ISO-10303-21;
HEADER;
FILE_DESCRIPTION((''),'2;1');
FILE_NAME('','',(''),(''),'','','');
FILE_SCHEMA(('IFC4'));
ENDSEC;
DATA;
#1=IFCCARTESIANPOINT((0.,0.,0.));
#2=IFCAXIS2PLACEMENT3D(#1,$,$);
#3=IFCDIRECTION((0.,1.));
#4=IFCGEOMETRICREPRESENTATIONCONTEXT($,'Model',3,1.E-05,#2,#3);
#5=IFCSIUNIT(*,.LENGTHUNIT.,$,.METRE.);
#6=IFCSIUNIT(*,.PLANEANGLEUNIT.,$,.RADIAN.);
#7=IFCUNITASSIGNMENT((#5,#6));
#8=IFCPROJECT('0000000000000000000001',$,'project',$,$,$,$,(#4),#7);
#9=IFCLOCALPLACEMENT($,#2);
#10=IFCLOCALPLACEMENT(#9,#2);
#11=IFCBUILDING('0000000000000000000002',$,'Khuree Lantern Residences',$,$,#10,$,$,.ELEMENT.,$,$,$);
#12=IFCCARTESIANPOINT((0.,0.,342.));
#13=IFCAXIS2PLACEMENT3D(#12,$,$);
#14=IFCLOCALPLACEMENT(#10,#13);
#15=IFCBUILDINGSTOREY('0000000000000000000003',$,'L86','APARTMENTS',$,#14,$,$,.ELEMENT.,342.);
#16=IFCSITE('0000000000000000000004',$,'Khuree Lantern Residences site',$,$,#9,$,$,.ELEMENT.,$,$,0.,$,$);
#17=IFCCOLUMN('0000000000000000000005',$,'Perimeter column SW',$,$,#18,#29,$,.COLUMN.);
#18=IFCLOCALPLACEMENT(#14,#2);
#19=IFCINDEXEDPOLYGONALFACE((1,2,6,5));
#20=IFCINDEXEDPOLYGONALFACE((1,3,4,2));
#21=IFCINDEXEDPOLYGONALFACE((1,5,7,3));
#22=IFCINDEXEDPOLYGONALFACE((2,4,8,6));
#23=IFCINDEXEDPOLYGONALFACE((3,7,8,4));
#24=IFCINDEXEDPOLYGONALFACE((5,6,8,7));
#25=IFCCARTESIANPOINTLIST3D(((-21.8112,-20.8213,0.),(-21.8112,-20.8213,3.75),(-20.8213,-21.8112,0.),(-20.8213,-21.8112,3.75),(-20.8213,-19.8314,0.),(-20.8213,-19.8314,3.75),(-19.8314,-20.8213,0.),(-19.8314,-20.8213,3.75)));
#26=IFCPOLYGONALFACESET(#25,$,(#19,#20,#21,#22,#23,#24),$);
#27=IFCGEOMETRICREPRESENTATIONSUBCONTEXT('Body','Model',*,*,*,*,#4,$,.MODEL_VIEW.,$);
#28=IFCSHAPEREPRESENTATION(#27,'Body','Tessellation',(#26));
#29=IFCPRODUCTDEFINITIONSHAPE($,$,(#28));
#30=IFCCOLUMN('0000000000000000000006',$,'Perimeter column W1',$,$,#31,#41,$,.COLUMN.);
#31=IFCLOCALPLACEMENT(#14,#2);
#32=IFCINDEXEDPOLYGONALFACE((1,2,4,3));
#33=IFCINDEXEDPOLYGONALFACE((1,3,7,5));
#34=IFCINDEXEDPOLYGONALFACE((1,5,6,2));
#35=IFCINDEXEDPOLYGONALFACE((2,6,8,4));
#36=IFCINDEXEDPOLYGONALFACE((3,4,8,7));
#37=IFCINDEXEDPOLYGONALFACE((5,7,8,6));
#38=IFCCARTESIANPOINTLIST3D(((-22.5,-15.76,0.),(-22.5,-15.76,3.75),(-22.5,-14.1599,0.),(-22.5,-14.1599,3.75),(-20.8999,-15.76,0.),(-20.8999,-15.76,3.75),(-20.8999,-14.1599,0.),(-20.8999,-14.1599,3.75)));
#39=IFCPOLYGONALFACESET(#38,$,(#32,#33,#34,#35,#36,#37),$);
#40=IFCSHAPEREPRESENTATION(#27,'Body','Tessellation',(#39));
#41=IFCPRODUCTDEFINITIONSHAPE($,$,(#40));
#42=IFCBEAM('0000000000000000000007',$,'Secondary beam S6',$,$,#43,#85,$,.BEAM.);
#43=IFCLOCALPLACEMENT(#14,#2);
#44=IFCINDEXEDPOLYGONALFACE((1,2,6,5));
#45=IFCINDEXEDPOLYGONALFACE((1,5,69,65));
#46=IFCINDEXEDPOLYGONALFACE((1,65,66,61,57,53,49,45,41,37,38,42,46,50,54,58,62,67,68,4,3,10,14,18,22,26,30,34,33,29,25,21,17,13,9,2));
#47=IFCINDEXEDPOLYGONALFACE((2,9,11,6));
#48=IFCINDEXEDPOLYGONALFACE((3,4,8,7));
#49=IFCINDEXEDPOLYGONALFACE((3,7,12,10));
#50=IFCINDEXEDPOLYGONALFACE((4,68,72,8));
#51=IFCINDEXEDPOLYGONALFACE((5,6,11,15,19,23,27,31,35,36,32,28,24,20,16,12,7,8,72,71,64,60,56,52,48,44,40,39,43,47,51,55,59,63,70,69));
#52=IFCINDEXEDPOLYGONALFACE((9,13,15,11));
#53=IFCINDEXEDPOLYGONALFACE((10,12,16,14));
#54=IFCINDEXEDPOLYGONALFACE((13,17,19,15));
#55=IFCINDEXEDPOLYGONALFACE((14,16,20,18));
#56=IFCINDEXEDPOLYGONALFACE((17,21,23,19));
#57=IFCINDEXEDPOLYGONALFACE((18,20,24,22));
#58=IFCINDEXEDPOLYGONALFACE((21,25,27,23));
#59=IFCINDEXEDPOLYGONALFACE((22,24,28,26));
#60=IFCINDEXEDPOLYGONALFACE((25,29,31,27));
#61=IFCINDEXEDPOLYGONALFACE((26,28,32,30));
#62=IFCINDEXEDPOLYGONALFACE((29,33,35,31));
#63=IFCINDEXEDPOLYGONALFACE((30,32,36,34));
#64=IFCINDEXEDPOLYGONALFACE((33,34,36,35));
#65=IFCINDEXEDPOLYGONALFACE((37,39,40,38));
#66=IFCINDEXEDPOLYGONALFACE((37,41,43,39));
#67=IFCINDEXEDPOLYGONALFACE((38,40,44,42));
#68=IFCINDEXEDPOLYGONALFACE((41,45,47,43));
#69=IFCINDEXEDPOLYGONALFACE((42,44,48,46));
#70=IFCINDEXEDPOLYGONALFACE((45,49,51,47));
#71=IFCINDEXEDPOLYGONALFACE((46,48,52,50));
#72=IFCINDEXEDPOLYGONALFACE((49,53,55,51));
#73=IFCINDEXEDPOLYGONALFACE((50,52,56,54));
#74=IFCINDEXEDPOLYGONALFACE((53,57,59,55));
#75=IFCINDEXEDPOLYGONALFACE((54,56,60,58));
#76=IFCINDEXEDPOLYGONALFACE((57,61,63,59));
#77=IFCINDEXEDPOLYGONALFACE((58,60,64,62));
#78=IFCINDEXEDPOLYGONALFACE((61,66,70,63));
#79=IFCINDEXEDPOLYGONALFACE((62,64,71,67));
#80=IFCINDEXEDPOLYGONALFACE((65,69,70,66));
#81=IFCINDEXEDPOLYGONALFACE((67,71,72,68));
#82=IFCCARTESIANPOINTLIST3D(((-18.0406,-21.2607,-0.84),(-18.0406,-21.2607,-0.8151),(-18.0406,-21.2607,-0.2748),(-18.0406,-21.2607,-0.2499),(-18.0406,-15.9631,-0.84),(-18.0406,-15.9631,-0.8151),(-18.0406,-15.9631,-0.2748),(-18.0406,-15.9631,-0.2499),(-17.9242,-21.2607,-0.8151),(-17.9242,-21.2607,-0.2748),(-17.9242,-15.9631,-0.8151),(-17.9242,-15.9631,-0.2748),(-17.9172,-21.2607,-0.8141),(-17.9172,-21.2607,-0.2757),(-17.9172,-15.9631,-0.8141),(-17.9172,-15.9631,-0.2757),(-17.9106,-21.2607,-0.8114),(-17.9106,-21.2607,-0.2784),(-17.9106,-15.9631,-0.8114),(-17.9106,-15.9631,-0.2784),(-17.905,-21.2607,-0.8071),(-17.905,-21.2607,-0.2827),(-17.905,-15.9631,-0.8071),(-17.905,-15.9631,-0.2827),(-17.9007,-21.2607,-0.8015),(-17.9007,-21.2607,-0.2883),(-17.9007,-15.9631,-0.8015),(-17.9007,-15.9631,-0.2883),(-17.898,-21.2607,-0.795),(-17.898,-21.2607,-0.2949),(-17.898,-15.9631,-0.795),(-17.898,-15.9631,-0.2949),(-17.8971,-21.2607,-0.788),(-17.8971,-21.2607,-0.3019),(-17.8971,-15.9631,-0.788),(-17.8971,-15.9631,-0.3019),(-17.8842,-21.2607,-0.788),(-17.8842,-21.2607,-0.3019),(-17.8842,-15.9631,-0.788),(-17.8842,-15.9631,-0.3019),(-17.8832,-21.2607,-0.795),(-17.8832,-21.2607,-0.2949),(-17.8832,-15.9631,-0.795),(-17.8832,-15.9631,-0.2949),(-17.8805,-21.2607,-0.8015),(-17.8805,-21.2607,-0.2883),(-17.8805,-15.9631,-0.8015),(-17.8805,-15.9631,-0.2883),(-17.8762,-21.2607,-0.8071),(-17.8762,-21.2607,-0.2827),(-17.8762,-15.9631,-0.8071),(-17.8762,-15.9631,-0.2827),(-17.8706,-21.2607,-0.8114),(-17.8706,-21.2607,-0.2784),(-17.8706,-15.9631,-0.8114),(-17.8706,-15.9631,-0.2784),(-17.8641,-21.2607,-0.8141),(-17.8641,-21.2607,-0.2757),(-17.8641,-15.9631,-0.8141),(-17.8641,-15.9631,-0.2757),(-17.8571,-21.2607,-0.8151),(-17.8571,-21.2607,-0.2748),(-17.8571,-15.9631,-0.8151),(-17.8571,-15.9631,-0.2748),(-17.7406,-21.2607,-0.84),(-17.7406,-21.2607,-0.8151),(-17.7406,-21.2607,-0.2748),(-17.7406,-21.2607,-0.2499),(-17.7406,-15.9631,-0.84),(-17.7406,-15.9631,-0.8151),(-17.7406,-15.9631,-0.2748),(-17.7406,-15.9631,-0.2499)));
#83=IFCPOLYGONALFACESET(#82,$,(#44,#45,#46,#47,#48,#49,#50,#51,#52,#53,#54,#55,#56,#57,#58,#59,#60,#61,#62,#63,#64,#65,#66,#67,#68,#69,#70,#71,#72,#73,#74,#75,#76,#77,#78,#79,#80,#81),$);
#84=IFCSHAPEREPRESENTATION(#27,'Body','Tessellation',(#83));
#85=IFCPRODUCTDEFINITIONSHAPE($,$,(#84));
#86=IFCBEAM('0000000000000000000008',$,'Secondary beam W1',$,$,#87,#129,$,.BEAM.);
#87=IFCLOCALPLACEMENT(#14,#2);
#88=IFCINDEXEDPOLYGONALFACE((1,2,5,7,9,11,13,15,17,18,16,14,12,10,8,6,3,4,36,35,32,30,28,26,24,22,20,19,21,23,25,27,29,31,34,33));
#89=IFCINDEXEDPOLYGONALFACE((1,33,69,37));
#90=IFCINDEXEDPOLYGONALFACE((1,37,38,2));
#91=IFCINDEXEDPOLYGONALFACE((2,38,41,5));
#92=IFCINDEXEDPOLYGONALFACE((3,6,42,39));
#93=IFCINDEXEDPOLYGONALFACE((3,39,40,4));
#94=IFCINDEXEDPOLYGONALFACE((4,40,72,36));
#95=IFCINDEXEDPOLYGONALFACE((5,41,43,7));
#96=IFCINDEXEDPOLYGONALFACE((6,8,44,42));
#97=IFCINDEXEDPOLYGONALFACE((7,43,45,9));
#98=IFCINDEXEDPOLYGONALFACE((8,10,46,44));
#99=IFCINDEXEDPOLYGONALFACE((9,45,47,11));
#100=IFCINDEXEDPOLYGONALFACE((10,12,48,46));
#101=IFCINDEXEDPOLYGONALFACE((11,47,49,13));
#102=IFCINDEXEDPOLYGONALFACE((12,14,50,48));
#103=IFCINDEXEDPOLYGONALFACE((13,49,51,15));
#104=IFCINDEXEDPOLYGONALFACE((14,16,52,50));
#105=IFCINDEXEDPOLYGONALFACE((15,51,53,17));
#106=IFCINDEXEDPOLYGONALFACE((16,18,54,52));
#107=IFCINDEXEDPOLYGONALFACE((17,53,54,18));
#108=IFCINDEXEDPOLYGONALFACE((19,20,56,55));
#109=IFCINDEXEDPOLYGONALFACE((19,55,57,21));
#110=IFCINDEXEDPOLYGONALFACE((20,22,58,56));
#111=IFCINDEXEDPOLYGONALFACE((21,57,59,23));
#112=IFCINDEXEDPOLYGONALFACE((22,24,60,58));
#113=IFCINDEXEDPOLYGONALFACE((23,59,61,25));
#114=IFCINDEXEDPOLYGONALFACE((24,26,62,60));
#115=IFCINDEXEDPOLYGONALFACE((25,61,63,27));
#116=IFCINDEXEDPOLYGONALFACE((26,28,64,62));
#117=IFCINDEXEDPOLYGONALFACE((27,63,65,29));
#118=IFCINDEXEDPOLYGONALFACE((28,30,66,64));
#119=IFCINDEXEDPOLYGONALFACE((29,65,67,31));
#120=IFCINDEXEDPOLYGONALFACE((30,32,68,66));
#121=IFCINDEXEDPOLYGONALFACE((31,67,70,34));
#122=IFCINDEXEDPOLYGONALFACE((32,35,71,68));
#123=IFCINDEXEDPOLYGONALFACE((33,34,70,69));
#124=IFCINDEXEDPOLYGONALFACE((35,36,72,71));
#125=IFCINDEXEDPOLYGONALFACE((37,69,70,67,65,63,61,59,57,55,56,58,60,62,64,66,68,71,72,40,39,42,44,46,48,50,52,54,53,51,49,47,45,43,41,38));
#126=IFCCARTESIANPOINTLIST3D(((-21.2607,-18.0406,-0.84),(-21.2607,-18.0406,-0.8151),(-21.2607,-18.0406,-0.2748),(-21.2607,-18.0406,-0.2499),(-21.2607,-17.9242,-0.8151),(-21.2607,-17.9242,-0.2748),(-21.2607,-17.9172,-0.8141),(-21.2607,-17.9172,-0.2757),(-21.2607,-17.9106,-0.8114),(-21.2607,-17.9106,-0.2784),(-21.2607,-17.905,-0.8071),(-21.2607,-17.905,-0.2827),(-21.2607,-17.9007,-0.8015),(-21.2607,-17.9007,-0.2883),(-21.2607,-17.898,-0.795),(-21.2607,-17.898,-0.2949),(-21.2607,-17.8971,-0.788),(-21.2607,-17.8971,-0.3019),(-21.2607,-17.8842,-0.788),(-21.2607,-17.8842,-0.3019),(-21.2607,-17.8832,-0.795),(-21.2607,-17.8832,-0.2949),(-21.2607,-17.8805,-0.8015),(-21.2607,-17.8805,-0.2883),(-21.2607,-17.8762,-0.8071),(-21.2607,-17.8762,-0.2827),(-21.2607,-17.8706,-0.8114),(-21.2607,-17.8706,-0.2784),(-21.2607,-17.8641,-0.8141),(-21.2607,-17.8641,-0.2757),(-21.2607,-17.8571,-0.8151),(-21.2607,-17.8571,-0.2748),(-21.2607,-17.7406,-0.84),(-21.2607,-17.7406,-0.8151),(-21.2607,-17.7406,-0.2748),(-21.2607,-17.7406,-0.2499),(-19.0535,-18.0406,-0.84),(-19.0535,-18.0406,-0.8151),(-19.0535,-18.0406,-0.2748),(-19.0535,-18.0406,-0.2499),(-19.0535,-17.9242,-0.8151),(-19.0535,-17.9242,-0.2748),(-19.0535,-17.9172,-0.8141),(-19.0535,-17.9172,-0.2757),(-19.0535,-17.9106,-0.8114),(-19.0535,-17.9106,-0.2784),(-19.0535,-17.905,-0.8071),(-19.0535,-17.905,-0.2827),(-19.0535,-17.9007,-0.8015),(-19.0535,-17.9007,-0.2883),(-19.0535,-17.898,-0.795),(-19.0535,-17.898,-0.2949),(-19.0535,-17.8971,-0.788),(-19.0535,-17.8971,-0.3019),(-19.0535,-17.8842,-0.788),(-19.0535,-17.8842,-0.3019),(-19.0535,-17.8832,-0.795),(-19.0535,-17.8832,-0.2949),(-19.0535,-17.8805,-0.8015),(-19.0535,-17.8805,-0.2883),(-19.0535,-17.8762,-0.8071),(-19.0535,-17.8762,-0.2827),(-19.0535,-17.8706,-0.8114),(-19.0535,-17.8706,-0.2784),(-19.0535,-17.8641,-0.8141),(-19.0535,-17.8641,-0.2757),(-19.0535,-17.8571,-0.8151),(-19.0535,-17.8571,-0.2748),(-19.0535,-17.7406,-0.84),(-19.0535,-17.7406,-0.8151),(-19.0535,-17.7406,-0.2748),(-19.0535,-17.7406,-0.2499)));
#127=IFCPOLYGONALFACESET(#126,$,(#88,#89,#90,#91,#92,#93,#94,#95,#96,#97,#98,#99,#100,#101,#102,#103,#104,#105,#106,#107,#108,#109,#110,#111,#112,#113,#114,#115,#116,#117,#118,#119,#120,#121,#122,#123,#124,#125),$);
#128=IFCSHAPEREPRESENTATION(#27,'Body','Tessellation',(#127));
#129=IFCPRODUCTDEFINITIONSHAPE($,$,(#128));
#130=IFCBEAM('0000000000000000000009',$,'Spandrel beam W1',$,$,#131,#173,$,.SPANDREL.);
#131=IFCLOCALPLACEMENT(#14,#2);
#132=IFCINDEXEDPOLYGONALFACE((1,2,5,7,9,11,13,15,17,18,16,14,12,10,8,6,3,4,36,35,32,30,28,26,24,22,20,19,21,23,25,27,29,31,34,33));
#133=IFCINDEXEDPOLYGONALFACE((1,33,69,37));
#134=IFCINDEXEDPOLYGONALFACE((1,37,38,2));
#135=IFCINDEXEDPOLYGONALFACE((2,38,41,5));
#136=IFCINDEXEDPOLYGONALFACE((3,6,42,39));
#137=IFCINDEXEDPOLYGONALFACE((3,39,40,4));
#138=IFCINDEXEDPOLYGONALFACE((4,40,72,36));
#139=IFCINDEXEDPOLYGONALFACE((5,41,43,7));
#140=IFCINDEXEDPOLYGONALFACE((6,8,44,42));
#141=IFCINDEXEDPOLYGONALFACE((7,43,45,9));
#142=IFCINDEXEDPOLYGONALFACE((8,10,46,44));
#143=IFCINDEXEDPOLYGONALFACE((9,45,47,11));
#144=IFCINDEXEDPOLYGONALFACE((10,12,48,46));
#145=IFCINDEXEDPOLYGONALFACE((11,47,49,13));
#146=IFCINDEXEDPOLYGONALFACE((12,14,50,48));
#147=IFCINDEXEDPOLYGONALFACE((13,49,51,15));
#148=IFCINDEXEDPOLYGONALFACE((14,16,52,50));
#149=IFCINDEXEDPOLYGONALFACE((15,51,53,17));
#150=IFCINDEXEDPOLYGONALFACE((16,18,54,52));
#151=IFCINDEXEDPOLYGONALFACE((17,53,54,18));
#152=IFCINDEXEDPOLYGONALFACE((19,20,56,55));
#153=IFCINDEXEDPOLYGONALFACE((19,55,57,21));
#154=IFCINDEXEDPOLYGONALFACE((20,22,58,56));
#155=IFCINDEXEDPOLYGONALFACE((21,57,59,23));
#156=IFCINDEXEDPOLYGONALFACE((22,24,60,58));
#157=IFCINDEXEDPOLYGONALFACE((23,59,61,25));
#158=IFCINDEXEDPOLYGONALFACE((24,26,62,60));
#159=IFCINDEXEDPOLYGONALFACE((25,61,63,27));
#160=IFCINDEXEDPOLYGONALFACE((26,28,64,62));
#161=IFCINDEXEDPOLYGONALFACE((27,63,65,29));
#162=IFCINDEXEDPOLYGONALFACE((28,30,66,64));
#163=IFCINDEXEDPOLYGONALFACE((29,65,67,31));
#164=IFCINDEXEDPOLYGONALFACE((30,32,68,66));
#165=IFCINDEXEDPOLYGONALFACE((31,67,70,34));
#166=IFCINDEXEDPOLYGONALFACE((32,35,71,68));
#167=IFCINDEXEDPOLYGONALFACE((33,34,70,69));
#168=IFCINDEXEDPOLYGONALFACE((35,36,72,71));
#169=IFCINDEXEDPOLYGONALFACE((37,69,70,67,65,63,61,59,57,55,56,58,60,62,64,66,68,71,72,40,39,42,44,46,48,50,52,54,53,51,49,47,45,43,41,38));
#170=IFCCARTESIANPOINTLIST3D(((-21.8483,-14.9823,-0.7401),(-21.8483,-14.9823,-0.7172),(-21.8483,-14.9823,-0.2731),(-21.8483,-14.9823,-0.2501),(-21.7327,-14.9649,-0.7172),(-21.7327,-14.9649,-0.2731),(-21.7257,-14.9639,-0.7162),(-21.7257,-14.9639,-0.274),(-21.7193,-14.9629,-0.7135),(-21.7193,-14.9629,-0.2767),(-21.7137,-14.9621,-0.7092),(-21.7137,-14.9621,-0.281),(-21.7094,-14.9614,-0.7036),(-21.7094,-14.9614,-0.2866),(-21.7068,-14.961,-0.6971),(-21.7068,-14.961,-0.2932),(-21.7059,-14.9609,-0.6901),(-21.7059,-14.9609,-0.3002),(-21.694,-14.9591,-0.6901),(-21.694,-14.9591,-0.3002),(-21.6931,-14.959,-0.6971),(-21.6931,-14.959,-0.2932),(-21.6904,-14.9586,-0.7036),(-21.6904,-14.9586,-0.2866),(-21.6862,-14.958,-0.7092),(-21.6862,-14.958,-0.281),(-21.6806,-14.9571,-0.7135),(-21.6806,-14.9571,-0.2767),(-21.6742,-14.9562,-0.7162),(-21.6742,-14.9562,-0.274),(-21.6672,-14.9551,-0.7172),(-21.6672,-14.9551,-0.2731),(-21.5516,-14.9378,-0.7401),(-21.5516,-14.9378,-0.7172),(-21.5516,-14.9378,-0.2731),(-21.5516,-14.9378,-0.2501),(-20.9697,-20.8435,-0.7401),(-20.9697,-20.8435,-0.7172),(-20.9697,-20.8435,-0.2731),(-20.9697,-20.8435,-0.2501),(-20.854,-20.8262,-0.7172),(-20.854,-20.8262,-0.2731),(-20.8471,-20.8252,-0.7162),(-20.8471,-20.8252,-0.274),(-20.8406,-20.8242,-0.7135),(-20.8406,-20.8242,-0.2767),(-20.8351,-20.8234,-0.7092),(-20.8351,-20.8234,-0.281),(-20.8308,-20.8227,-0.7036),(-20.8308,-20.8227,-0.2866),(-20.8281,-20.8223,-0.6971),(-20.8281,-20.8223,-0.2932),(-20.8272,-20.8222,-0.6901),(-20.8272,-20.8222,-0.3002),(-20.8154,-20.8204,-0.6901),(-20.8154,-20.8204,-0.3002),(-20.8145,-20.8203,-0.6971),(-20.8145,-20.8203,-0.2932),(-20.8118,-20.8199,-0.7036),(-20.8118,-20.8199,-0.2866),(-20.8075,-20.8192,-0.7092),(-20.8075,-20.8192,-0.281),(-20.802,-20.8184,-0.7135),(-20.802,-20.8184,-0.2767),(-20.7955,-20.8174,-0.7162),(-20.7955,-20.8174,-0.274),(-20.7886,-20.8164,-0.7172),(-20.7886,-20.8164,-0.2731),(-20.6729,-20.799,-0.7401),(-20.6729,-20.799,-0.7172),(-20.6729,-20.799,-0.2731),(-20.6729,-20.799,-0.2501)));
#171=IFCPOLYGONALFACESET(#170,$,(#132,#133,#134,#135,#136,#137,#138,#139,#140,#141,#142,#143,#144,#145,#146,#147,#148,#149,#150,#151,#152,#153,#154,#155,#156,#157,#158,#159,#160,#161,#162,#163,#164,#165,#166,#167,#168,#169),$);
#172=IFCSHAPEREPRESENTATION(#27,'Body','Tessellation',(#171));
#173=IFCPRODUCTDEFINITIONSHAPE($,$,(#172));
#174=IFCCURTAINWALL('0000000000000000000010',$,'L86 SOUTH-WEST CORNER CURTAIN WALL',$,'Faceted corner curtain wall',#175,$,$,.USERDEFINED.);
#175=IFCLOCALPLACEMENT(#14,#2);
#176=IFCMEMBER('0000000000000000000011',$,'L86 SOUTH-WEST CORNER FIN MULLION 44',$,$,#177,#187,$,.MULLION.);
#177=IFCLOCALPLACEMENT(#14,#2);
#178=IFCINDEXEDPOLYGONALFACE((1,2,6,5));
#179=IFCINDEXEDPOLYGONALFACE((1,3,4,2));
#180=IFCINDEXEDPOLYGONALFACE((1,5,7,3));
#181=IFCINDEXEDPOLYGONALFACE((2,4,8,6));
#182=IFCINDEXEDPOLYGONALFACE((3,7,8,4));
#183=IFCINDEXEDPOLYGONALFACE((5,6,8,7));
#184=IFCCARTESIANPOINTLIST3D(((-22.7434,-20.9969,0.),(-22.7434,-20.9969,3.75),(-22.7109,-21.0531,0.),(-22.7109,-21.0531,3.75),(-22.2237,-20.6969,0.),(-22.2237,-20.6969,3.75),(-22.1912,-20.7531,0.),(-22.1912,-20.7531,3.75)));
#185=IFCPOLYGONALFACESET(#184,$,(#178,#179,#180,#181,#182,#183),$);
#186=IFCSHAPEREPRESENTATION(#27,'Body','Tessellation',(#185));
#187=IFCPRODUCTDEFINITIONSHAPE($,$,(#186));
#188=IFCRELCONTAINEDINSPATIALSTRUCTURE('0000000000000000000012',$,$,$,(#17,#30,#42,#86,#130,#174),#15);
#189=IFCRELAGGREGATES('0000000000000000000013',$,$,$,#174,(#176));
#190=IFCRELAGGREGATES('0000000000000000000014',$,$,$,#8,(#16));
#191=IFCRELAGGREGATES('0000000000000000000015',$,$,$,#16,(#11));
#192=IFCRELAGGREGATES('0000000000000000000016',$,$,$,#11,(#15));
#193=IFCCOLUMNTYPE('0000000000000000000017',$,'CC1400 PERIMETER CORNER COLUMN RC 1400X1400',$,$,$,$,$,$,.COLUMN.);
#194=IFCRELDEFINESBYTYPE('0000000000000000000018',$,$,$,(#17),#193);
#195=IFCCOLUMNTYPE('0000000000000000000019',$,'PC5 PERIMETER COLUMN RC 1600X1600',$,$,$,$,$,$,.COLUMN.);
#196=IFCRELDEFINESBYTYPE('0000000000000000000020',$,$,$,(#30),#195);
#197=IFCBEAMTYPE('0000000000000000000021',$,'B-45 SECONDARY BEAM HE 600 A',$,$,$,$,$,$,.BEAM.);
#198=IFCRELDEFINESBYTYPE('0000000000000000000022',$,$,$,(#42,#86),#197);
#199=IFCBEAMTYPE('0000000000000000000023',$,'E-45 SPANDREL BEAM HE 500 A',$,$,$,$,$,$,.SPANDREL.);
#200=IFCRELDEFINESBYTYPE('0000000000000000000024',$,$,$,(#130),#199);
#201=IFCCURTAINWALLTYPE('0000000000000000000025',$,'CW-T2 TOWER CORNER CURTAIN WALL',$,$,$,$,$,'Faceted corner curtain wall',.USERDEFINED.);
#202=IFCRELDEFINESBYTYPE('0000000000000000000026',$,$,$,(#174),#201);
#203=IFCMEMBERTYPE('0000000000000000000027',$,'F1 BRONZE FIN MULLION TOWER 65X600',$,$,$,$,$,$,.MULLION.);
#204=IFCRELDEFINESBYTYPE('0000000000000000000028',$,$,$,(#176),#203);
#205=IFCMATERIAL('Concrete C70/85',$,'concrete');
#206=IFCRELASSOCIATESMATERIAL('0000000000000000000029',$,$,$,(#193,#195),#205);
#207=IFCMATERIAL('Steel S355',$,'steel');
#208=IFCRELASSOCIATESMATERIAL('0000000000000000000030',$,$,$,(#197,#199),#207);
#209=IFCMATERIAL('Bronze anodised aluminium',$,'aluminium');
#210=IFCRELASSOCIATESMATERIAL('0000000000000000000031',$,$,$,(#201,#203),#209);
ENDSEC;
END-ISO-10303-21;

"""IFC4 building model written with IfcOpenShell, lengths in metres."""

from ifc_helpers import new_model, si_unit, direction, frame, origin, origin_2d, place, context, subcontext, project, spatial, rectangle, i_section, extrude, material, material_profile, profile_set, type_object, element, aggregate, save


model = new_model("IFC4")

# Units and contexts
model_context = context("Model", 3, precision=1e-05, world=origin(), true_north=direction((0.0, 1.0)))
body_context = subcontext(model_context, "Body", "Model", "MODEL_VIEW")
ifc_project = project(units=[si_unit("LENGTHUNIT", "METRE"), si_unit("PLANEANGLEUNIT", "RADIAN")], contexts=[model_context])

# Site, building, storey
site_placement = place(None, origin())
site = spatial("IfcSite", under=ifc_project, at=site_placement, Name="Khuree Lantern Residences site", CompositionType="ELEMENT", RefElevation=0.0)
building_placement = place(site_placement, origin())
building = spatial("IfcBuilding", under=site, at=building_placement, Name="Khuree Lantern Residences", CompositionType="ELEMENT")
storey_placement = place(building_placement, frame((0.0, 0.0, 342.0)))
storey = spatial("IfcBuildingStorey", under=building, at=storey_placement, Name="L86", Description="APARTMENTS", CompositionType="ELEMENT", Elevation=342.0)

# Columns
ifc_material_1 = material(Name="Concrete C70/85", Category="concrete")
ifc_material_profile_1 = material_profile(ifc_material_1, rectangle(XDim=1.3999, YDim=1.3999, at=origin_2d()), Name="RC 1400X1400")
ifc_profile_set_1 = profile_set([ifc_material_profile_1], Name="Concrete C70/85")
column_type_1 = type_object("IfcColumnType", Name="CC1400 PERIMETER CORNER COLUMN RC 1400X1400", PredefinedType="COLUMN", material=ifc_profile_set_1)
column_1_placement = place(storey_placement, frame((-20.8213, -20.8213, 0.0), z_axis=(0.0, 0.0, 1.0), x_axis=(0.707107, -0.707107, 0.0)))
element("IfcColumn", 1, at=column_1_placement, inside=storey, type_object=column_type_1, Name="Perimeter column SW", PredefinedType="COLUMN", context=body_context, shape_type="SweptSolid", body=[
    extrude(rectangle(XDim=1.3999, YDim=1.3999, at=origin_2d()), origin(), (0.0, 0.0, 1.0), 3.75),
])
ifc_material_profile_2 = material_profile(ifc_material_1, rectangle(XDim=1.6001, YDim=1.6001, at=origin_2d()), Name="RC 1600X1600")
ifc_profile_set_2 = profile_set([ifc_material_profile_2], Name="Concrete C70/85")
column_type_2 = type_object("IfcColumnType", Name="PC5 PERIMETER COLUMN RC 1600X1600", PredefinedType="COLUMN", material=ifc_profile_set_2)
column_2_placement = place(storey_placement, frame((-21.7, -14.96, 0.0), z_axis=(0.0, 0.0, 1.0), x_axis=(0.0, 1.0, 0.0)))
element("IfcColumn", 2, at=column_2_placement, inside=storey, type_object=column_type_2, Name="Perimeter column W1", PredefinedType="COLUMN", context=body_context, shape_type="SweptSolid", body=[
    extrude(rectangle(XDim=1.6001, YDim=1.6001, at=origin_2d()), origin(), (0.0, 0.0, 1.0), 3.75),
])

# Beams
ifc_material_2 = material(Name="Steel S355", Category="steel")
ifc_material_profile_3 = material_profile(ifc_material_2, i_section(OverallWidth=0.3, OverallDepth=0.5901, WebThickness=0.0129, FlangeThickness=0.0249, FilletRadius=0.0271, at=origin_2d()), Name="HE 600 A")
ifc_profile_set_3 = profile_set([ifc_material_profile_3], Name="Steel S355")
beam_type_1 = type_object("IfcBeamType", Name="B-45 SECONDARY BEAM HE 600 A", PredefinedType="BEAM", material=ifc_profile_set_3)
beam_1_placement = place(storey_placement, frame((-17.8906, -21.2607, -0.5449), z_axis=(0.0, 1.0, 0.0), x_axis=(-1.0, 0.0, 0.0)))
element("IfcBeam", 3, at=beam_1_placement, inside=storey, type_object=beam_type_1, Name="Secondary beam S6", PredefinedType="BEAM", context=body_context, shape_type="SweptSolid", body=[
    extrude(i_section(OverallWidth=0.3, OverallDepth=0.5901, WebThickness=0.0129, FlangeThickness=0.0249, FilletRadius=0.0271, at=origin_2d()), origin(), (0.0, 0.0, 1.0), 5.2976),
])
beam_2_placement = place(storey_placement, frame((-21.2607, -17.8906, -0.5449), z_axis=(1.0, 0.0, 0.0), x_axis=(0.0, 1.0, 0.0)))
element("IfcBeam", 4, at=beam_2_placement, inside=storey, type_object=beam_type_1, Name="Secondary beam W1", PredefinedType="BEAM", context=body_context, shape_type="SweptSolid", body=[
    extrude(i_section(OverallWidth=0.3, OverallDepth=0.5901, WebThickness=0.0129, FlangeThickness=0.0249, FilletRadius=0.0271, at=origin_2d()), origin(), (0.0, 0.0, 1.0), 2.2073),
])
ifc_material_profile_4 = material_profile(ifc_material_2, i_section(OverallWidth=0.3, OverallDepth=0.49, WebThickness=0.012, FlangeThickness=0.0229, FilletRadius=0.0271, at=origin_2d()), Name="HE 500 A")
ifc_profile_set_4 = profile_set([ifc_material_profile_4], Name="Steel S355")
beam_type_2 = type_object("IfcBeamType", Name="E-45 SPANDREL BEAM HE 500 A", PredefinedType="SPANDREL", material=ifc_profile_set_4)
beam_3_placement = place(storey_placement, frame((-20.8213, -20.8213, -0.4951), z_axis=(-0.148252, 0.98895, 0.0), x_axis=(-0.98895, -0.148252, 0.0)))
element("IfcBeam", 5, at=beam_3_placement, inside=storey, type_object=beam_type_2, Name="Spandrel beam W1", PredefinedType="SPANDREL", context=body_context, shape_type="SweptSolid", body=[
    extrude(i_section(OverallWidth=0.3, OverallDepth=0.49, WebThickness=0.012, FlangeThickness=0.0229, FilletRadius=0.0271, at=origin_2d()), origin(), (0.0, 0.0, 1.0), 5.9268),
])

# Curtain wall, member
ifc_material_3 = material(Name="Bronze anodised aluminium", Category="aluminium")
curtain_wall_type_1 = type_object("IfcCurtainWallType", Name="CW-T2 TOWER CORNER CURTAIN WALL", ElementType="Faceted corner curtain wall", PredefinedType="USERDEFINED", material=ifc_material_3)
curtain_wall_1_placement = place(storey_placement, origin())
curtain_wall_1 = element("IfcCurtainWall", 6, at=curtain_wall_1_placement, inside=storey, type_object=curtain_wall_type_1, Name="L86 SOUTH-WEST CORNER CURTAIN WALL", ObjectType="Faceted corner curtain wall", PredefinedType="USERDEFINED")
ifc_material_profile_5 = material_profile(ifc_material_3, rectangle(XDim=0.0649, YDim=0.6001, at=origin_2d()), Name="F1 65X600")
ifc_profile_set_5 = profile_set([ifc_material_profile_5], Name="Bronze anodised aluminium")
member_type_1 = type_object("IfcMemberType", Name="F1 BRONZE FIN MULLION TOWER 65X600", PredefinedType="MULLION", material=ifc_profile_set_5)
member_1_placement = place(storey_placement, frame((-22.4673, -20.875, 0.0), z_axis=(0.0, 0.0, 1.0), x_axis=(0.5, -0.866025, 0.0)))
member_1 = element("IfcMember", 7, at=member_1_placement, type_object=member_type_1, Name="L86 SOUTH-WEST CORNER FIN MULLION 44", PredefinedType="MULLION", context=body_context, shape_type="SweptSolid", body=[
    extrude(rectangle(XDim=0.0649, YDim=0.6001, at=origin_2d()), origin(), (0.0, 0.0, 1.0), 3.75),
])

aggregate(curtain_wall_1, [member_1])

save(model, "model.ifc")
